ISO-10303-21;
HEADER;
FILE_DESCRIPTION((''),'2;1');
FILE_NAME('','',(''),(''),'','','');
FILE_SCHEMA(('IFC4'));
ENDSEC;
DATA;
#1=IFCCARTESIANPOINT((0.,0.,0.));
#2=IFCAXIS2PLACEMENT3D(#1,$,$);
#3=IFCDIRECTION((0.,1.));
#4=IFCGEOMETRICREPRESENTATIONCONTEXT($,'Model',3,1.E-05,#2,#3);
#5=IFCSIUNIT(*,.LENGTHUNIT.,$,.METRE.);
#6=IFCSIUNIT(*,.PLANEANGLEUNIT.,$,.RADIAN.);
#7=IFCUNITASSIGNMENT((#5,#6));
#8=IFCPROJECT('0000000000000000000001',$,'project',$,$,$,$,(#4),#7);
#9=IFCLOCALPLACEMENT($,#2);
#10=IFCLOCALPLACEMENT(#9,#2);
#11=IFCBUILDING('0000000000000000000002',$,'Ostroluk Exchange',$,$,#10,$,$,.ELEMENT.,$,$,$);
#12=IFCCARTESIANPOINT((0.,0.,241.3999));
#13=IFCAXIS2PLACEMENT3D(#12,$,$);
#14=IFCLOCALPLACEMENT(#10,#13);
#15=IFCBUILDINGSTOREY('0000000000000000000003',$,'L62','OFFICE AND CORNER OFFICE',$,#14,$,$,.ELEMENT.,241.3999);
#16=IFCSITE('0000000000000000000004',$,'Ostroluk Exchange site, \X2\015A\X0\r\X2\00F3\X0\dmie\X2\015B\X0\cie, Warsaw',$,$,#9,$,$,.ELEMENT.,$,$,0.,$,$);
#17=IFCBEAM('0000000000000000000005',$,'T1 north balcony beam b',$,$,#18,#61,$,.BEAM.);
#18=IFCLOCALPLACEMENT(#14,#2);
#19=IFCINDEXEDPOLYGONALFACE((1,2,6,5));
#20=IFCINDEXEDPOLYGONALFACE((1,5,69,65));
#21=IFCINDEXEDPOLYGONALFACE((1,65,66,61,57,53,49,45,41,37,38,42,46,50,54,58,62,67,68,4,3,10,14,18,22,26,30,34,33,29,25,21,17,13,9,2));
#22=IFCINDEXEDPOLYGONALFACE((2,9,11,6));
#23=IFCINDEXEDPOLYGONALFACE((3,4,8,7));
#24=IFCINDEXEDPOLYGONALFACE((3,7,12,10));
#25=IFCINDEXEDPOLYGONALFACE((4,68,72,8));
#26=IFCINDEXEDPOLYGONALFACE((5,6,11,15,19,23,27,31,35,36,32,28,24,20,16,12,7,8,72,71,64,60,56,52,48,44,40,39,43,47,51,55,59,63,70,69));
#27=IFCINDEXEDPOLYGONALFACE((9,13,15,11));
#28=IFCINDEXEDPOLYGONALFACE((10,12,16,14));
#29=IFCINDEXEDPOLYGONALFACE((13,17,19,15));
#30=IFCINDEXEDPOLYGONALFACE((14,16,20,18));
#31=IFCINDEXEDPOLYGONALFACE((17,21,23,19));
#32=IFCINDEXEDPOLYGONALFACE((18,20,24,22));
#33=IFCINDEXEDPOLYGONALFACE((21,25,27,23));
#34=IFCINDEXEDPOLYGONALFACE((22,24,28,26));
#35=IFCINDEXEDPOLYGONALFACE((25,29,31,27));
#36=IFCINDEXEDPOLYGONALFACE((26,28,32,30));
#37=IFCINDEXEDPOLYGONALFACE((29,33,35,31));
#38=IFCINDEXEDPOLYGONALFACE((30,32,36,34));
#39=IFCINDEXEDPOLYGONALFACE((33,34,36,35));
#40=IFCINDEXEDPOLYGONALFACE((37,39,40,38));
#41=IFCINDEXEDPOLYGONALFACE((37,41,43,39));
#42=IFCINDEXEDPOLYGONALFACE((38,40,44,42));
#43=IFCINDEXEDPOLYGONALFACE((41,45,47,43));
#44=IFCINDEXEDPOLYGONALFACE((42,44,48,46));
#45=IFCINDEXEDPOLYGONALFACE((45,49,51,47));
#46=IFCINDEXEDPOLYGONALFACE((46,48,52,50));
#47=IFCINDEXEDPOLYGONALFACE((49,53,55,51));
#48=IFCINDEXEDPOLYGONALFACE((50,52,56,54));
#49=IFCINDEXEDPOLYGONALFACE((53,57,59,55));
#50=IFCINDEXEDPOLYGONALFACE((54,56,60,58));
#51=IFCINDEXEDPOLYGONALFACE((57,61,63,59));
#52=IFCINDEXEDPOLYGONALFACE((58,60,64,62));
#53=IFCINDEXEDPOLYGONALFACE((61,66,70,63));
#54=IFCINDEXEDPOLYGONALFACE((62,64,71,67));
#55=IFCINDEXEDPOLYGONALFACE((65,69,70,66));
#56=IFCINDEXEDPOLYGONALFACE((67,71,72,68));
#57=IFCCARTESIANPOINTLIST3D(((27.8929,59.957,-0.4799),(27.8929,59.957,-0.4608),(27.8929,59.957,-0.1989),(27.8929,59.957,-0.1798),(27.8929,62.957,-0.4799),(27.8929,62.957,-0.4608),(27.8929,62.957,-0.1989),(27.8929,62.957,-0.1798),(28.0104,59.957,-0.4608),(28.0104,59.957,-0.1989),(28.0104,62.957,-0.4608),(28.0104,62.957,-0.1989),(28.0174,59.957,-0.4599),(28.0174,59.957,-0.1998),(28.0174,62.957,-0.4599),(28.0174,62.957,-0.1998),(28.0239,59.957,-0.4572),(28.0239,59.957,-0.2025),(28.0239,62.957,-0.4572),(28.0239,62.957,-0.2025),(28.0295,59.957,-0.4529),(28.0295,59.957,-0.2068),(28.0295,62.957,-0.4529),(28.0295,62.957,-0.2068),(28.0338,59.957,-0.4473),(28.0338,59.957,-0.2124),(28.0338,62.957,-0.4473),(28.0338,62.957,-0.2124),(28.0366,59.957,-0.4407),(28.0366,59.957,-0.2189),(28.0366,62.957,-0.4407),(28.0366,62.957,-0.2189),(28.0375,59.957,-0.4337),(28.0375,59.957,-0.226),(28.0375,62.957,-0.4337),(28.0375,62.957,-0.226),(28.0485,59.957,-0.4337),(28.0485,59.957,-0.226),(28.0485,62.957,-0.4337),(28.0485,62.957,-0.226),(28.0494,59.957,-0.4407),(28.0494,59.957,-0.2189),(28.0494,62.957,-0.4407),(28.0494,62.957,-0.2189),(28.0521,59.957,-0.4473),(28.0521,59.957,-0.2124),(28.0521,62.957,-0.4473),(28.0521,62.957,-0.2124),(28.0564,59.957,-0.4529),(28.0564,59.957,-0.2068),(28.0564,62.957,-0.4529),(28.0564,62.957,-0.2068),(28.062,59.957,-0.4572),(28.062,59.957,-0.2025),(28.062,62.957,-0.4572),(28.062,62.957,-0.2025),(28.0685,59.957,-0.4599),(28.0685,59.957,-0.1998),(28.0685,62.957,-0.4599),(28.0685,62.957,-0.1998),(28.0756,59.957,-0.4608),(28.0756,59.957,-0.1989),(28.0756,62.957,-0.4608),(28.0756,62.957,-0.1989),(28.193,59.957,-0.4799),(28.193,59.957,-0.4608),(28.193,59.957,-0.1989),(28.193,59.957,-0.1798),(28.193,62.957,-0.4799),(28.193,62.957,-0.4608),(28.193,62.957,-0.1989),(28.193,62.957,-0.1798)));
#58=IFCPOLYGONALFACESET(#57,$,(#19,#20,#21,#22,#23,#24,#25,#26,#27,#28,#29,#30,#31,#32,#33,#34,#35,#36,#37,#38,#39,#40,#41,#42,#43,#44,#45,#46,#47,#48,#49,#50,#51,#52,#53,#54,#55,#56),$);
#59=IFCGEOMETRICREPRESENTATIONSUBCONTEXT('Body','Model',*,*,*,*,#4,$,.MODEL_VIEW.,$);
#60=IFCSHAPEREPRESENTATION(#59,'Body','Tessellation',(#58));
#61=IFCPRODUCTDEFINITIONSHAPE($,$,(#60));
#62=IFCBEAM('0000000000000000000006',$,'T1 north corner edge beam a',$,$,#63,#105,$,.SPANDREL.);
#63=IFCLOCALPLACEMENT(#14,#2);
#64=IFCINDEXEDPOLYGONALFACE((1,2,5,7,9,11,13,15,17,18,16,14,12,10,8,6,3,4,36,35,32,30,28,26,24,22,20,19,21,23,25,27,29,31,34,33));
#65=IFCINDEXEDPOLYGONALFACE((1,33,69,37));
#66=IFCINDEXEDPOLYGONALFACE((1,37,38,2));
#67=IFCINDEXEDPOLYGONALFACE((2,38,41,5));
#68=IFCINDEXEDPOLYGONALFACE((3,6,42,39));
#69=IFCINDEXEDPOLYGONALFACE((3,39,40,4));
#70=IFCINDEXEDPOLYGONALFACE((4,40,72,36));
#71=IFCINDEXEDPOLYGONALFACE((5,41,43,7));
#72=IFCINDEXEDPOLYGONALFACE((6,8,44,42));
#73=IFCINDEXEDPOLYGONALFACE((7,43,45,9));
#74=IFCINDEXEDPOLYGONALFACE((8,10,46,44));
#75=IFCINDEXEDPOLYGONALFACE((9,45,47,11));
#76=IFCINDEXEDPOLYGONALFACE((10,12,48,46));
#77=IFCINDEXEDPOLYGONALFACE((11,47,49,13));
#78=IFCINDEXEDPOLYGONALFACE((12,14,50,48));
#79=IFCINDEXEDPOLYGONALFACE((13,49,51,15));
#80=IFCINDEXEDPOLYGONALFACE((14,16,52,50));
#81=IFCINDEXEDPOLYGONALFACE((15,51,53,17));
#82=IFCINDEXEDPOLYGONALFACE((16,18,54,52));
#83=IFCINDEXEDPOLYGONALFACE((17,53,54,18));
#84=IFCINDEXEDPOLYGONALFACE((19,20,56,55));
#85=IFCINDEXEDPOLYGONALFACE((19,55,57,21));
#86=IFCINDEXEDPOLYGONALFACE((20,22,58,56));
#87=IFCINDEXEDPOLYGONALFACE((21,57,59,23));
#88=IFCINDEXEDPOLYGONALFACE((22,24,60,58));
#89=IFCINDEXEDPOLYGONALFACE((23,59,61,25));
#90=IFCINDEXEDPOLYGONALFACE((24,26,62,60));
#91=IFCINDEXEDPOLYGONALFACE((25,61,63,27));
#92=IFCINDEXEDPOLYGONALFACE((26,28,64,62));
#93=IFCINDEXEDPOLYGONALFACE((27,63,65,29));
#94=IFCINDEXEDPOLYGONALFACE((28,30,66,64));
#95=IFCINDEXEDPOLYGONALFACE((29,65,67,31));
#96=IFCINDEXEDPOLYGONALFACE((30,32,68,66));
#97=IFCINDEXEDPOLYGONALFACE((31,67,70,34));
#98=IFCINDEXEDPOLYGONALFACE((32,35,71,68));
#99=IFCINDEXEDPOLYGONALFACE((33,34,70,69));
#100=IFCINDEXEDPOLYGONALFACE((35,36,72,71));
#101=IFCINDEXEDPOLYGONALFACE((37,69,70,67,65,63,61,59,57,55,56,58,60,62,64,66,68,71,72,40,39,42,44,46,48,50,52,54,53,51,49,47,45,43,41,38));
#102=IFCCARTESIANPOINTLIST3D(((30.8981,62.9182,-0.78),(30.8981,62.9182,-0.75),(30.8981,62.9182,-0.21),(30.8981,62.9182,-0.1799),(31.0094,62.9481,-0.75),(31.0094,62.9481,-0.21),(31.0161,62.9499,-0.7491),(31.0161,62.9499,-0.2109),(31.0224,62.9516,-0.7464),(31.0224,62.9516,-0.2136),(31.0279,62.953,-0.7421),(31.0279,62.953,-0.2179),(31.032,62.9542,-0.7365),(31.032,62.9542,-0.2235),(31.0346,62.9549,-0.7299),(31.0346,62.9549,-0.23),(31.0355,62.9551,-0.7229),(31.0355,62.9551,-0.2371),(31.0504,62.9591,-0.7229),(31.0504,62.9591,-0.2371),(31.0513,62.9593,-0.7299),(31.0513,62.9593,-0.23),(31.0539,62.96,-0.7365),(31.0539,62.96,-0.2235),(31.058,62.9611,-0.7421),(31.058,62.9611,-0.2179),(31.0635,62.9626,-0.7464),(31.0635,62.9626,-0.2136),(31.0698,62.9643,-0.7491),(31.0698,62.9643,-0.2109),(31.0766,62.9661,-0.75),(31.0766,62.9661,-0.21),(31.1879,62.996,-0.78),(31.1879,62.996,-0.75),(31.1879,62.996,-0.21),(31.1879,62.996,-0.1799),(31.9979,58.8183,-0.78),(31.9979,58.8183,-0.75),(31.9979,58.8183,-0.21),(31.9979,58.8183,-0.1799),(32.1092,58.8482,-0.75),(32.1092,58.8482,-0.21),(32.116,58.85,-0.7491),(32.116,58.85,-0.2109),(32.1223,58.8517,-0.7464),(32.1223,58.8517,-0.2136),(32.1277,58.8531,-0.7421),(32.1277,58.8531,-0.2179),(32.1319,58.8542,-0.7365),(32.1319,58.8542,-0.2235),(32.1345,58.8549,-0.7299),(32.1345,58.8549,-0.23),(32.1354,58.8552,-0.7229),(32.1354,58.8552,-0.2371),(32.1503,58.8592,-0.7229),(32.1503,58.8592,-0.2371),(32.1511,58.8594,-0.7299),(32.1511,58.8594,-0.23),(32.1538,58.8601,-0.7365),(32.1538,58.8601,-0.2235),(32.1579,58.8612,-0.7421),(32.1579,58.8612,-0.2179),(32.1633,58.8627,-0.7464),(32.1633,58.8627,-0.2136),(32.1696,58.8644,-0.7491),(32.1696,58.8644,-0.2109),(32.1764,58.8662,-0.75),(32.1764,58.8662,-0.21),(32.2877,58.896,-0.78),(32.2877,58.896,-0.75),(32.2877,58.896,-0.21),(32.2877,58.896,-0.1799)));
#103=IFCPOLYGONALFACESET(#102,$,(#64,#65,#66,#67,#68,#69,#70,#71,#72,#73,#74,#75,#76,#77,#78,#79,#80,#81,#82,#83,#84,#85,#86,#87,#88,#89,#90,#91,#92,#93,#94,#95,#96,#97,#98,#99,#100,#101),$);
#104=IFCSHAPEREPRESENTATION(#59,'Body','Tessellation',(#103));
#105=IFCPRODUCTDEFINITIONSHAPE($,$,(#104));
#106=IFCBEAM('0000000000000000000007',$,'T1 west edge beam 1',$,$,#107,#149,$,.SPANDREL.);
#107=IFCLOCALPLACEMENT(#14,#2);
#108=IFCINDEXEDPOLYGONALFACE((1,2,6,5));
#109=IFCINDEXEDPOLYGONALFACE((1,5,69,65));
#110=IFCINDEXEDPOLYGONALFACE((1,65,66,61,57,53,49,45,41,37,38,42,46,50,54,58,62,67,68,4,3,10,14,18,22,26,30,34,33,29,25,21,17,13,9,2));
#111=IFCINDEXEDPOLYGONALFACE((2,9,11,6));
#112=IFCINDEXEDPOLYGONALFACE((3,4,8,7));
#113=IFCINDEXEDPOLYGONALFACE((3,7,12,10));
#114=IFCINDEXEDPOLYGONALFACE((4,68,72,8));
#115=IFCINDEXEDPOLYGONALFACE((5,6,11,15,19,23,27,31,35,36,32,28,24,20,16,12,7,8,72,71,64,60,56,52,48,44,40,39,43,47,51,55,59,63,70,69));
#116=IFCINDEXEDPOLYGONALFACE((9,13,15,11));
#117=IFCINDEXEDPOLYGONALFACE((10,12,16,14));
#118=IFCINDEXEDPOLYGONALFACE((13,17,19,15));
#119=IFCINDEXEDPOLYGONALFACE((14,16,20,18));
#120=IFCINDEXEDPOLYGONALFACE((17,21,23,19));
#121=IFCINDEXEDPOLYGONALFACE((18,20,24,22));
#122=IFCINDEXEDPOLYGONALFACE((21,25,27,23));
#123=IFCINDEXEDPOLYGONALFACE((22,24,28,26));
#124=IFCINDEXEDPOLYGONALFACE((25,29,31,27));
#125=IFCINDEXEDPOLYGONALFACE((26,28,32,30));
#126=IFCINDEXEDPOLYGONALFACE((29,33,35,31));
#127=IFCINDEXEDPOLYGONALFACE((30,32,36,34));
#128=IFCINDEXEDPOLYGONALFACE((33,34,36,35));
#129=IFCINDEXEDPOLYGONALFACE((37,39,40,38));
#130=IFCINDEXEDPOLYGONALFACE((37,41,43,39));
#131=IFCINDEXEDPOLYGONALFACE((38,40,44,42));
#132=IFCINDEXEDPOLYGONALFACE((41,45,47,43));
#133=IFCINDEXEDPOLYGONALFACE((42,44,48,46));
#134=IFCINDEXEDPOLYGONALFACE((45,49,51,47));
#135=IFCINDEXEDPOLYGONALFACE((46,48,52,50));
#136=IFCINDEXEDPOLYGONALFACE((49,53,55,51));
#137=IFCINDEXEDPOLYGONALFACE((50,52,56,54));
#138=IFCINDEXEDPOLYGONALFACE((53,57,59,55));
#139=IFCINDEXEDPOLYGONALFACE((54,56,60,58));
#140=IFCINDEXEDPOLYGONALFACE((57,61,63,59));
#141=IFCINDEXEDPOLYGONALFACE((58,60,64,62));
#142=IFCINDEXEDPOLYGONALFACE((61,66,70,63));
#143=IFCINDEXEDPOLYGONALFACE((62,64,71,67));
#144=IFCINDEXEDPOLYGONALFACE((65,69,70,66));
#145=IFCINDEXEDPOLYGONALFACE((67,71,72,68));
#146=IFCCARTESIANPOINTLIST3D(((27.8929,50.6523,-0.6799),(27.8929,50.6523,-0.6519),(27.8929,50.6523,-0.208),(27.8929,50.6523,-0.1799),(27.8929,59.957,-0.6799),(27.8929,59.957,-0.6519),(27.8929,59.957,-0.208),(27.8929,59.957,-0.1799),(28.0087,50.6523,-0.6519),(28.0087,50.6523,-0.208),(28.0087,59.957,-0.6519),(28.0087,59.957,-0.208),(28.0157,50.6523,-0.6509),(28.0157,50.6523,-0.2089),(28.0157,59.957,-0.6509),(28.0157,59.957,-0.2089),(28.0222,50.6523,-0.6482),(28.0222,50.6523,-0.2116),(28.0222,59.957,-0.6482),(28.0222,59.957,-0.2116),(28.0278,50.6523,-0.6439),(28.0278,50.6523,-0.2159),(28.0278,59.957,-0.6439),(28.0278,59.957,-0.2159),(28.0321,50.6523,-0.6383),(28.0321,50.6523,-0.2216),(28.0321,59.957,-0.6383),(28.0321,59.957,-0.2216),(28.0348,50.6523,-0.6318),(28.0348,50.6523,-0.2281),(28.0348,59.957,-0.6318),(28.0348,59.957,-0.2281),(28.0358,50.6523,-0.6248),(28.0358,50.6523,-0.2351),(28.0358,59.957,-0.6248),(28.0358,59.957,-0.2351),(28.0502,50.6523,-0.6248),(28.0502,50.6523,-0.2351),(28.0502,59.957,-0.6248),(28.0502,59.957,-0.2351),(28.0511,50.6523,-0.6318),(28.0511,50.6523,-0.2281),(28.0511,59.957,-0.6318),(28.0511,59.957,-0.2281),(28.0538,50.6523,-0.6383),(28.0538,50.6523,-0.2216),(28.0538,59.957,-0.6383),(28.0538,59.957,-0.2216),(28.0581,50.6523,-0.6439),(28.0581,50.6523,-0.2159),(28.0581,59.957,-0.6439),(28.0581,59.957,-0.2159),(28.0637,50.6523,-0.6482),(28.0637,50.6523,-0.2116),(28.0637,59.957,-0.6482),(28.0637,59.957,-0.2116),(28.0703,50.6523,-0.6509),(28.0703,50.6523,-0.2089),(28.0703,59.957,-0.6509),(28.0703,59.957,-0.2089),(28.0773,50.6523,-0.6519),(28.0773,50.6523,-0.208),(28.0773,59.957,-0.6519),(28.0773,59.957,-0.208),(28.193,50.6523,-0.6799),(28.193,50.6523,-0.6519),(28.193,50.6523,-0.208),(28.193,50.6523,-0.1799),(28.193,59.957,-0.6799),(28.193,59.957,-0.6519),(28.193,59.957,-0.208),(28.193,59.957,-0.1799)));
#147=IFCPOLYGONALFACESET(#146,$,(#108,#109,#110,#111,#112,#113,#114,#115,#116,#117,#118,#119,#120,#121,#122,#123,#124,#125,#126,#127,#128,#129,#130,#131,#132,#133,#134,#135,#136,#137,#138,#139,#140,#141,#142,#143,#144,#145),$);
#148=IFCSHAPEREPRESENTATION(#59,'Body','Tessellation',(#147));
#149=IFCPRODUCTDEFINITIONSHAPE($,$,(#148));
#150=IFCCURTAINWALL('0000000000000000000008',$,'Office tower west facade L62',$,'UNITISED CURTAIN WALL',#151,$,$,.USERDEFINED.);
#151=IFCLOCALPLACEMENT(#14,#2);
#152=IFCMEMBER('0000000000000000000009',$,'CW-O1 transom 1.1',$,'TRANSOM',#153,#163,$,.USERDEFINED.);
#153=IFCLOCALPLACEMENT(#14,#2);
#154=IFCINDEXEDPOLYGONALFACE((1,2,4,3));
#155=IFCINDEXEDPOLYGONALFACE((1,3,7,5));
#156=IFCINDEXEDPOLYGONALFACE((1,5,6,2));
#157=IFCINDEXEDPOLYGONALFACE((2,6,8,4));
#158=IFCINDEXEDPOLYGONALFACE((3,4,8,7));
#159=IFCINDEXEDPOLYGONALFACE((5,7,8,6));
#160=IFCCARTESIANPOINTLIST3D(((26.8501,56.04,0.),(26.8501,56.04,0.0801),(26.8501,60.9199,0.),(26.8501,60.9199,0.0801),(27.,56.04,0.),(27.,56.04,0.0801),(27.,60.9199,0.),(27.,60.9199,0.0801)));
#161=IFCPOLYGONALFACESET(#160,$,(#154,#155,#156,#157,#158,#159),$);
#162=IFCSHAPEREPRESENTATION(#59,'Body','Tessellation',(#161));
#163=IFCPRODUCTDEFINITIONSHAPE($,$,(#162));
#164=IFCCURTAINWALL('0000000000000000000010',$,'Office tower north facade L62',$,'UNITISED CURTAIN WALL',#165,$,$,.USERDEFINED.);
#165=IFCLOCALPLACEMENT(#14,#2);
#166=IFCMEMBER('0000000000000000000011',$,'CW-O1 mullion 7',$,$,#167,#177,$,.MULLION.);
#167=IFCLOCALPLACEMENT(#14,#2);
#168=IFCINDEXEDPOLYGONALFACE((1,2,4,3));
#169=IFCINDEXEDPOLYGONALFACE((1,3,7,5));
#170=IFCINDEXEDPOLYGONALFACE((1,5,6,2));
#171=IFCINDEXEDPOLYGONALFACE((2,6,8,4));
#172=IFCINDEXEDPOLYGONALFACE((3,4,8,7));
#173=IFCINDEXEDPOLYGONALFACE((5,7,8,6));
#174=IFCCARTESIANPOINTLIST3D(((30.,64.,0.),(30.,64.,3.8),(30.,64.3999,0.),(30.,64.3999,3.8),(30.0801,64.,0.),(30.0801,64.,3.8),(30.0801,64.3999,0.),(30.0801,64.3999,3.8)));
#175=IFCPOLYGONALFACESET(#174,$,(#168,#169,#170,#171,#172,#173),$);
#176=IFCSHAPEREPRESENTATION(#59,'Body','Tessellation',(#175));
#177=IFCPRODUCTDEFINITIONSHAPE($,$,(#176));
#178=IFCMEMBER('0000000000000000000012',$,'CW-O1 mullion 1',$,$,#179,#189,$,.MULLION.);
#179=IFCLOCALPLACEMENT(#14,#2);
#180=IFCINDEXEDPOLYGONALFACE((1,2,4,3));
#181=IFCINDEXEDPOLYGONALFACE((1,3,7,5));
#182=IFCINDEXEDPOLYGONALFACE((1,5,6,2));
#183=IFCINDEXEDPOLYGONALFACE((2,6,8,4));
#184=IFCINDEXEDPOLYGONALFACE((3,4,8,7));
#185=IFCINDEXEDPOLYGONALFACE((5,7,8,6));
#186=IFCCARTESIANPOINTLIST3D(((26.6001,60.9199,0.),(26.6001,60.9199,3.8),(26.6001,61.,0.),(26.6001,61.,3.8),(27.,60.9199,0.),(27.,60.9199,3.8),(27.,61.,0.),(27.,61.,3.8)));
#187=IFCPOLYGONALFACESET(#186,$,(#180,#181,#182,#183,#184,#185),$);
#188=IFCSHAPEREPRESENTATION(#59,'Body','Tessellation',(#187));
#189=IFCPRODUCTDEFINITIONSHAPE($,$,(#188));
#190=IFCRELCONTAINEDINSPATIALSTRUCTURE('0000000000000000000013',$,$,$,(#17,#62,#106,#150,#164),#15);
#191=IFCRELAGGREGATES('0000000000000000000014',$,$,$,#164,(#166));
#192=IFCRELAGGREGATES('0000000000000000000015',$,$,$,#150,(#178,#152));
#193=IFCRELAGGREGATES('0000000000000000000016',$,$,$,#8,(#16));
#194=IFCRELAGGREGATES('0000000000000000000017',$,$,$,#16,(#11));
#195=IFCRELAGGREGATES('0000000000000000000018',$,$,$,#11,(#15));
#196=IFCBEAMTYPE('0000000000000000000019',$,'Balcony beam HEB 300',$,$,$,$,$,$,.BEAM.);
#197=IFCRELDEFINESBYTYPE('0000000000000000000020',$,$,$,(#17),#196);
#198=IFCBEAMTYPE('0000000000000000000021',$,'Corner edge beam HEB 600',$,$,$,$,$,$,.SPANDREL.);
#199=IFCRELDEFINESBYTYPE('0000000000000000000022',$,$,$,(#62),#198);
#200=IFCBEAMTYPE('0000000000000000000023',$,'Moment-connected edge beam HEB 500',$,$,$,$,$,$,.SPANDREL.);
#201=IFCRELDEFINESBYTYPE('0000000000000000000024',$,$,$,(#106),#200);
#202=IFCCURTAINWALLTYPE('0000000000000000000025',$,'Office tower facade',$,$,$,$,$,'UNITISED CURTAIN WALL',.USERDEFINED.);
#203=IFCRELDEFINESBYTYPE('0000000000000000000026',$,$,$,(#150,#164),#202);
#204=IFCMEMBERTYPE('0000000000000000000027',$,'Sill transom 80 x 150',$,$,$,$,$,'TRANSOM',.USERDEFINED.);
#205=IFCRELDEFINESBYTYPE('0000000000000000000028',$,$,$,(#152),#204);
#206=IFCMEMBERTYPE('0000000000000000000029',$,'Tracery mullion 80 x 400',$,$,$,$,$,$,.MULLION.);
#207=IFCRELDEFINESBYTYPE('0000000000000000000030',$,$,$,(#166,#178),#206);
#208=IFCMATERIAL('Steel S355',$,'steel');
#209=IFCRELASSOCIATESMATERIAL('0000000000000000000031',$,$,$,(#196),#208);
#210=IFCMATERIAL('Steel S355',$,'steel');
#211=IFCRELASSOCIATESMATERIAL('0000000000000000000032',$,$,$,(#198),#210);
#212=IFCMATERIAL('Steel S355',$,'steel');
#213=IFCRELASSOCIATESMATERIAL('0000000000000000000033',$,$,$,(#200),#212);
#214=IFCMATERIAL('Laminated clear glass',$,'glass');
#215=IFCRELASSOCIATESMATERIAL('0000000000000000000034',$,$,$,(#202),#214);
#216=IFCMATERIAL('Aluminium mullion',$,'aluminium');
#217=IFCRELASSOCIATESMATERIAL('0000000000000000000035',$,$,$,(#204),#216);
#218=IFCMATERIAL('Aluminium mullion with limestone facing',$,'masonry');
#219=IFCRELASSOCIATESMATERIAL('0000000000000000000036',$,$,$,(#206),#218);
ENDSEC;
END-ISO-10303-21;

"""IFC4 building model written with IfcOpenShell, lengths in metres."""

from ifc_helpers import new_model, si_unit, direction, frame, origin, origin_2d, place, context, subcontext, project, spatial, rectangle, i_section, extrude, material, material_profile, profile_set, type_object, element, aggregate, save


model = new_model("IFC4")

# Units and contexts
model_context = context("Model", 3, precision=1e-05, world=origin(), true_north=direction((0.0, 1.0)))
body_context = subcontext(model_context, "Body", "Model", "MODEL_VIEW")
ifc_project = project(units=[si_unit("LENGTHUNIT", "METRE"), si_unit("PLANEANGLEUNIT", "RADIAN")], contexts=[model_context])

# Site, building, storey
site_placement = place(None, origin())
site = spatial("IfcSite", under=ifc_project, at=site_placement, Name="Ostroluk Exchange site, Śródmieście, Warsaw", CompositionType="ELEMENT", RefElevation=0.0)
building_placement = place(site_placement, origin())
building = spatial("IfcBuilding", under=site, at=building_placement, Name="Ostroluk Exchange", CompositionType="ELEMENT")
storey_placement = place(building_placement, frame((0.0, 0.0, 241.3999)))
storey = spatial("IfcBuildingStorey", under=building, at=storey_placement, Name="L62", Description="OFFICE AND CORNER OFFICE", CompositionType="ELEMENT", Elevation=241.3999)

# Beams
ifc_material_1 = material(Name="Steel S355", Category="steel")
ifc_material_profile_1 = material_profile(ifc_material_1, i_section(OverallWidth=0.3, OverallDepth=0.3, WebThickness=0.011, FlangeThickness=0.019, FilletRadius=0.0271, at=origin_2d()), Name="HEB 300")
ifc_profile_set_1 = profile_set([ifc_material_profile_1], Name="Steel S355")
beam_type_1 = type_object("IfcBeamType", Name="Balcony beam HEB 300", PredefinedType="BEAM", material=ifc_profile_set_1)
for number, where, z_axis, x_axis, name in (
    (1, (28.043, 59.957, -0.3298), (0.0, 1.0, 0.0), (-1.0, 0.0, 0.0), "T1 north balcony beam b"),
):
    element("IfcBeam", number, at=place(storey_placement, frame(where, z_axis=z_axis, x_axis=x_axis)), inside=storey, type_object=beam_type_1, Name=name, PredefinedType="BEAM", context=body_context, shape_type="SweptSolid", body=[
        extrude(i_section(OverallWidth=0.3, OverallDepth=0.3, WebThickness=0.011, FlangeThickness=0.019, FilletRadius=0.0271, at=origin_2d()), origin(), (0.0, 0.0, 1.0), 3.0),
    ])
ifc_material_2 = material(Name="Steel S355", Category="steel")
ifc_material_profile_2 = material_profile(ifc_material_2, i_section(OverallWidth=0.3, OverallDepth=0.6001, WebThickness=0.0154, FlangeThickness=0.03, FilletRadius=0.0271, at=origin_2d()), Name="HEB 600")
ifc_profile_set_2 = profile_set([ifc_material_profile_2], Name="Steel S355")
beam_type_2 = type_object("IfcBeamType", Name="Corner edge beam HEB 600", PredefinedType="SPANDREL", material=ifc_profile_set_2)
beam_1_placement = place(storey_placement, frame((32.1428, 58.8572, -0.48), z_axis=(-0.259105, 0.965849, 0.0), x_axis=(-0.965849, -0.259105, 0.0)))
element("IfcBeam", 2, at=beam_1_placement, inside=storey, type_object=beam_type_2, Name="T1 north corner edge beam a", PredefinedType="SPANDREL", context=body_context, shape_type="SweptSolid", body=[
    extrude(i_section(OverallWidth=0.3, OverallDepth=0.6001, WebThickness=0.0154, FlangeThickness=0.03, FilletRadius=0.0271, at=origin_2d()), origin(), (0.0, 0.0, 1.0), 4.2449),
])
ifc_material_3 = material(Name="Steel S355", Category="steel")
ifc_material_profile_3 = material_profile(ifc_material_3, i_section(OverallWidth=0.3, OverallDepth=0.5, WebThickness=0.0144, FlangeThickness=0.0281, FilletRadius=0.0271, at=origin_2d()), Name="HEB 500")
ifc_profile_set_3 = profile_set([ifc_material_profile_3], Name="Steel S355")
beam_type_3 = type_object("IfcBeamType", Name="Moment-connected edge beam HEB 500", PredefinedType="SPANDREL", material=ifc_profile_set_3)
beam_2_placement = place(storey_placement, frame((28.043, 59.957, -0.4299), z_axis=(0.0, -1.0, 0.0), x_axis=(1.0, 0.0, 0.0)))
element("IfcBeam", 3, at=beam_2_placement, inside=storey, type_object=beam_type_3, Name="T1 west edge beam 1", PredefinedType="SPANDREL", context=body_context, shape_type="SweptSolid", body=[
    extrude(i_section(OverallWidth=0.3, OverallDepth=0.5, WebThickness=0.0144, FlangeThickness=0.0281, FilletRadius=0.0271, at=origin_2d()), origin(), (0.0, 0.0, 1.0), 9.3047),
])

# Curtain walls, members
ifc_material_4 = material(Name="Laminated clear glass", Category="glass")
curtain_wall_type = type_object("IfcCurtainWallType", Name="Office tower facade", ElementType="UNITISED CURTAIN WALL", PredefinedType="USERDEFINED", material=ifc_material_4)
curtain_wall_1_placement = place(storey_placement, origin())
curtain_wall_1 = element("IfcCurtainWall", 4, at=curtain_wall_1_placement, inside=storey, type_object=curtain_wall_type, Name="Office tower west facade L62", ObjectType="UNITISED CURTAIN WALL", PredefinedType="USERDEFINED")
ifc_material_5 = material(Name="Aluminium mullion", Category="aluminium")
ifc_material_profile_4 = material_profile(ifc_material_5, rectangle(XDim=0.1499, YDim=0.0801, at=origin_2d()), Name="Sill transom 80 x 150")
ifc_profile_set_4 = profile_set([ifc_material_profile_4], Name="Aluminium mullion")
member_type_1 = type_object("IfcMemberType", Name="Sill transom 80 x 150", ElementType="TRANSOM", PredefinedType="USERDEFINED", material=ifc_profile_set_4)
member_1_placement = place(storey_placement, frame((26.925, 60.9199, 0.04), z_axis=(0.0, -1.0, 0.0), x_axis=(1.0, 0.0, 0.0)))
member_1 = element("IfcMember", 5, at=member_1_placement, type_object=member_type_1, Name="CW-O1 transom 1.1", ObjectType="TRANSOM", PredefinedType="USERDEFINED", context=body_context, shape_type="SweptSolid", body=[
    extrude(rectangle(XDim=0.1499, YDim=0.0801, at=origin_2d()), origin(), (0.0, 0.0, 1.0), 4.8799),
])
curtain_wall_2_placement = place(storey_placement, origin())
curtain_wall_2 = element("IfcCurtainWall", 6, at=curtain_wall_2_placement, inside=storey, type_object=curtain_wall_type, Name="Office tower north facade L62", ObjectType="UNITISED CURTAIN WALL", PredefinedType="USERDEFINED")
ifc_material_6 = material(Name="Aluminium mullion with limestone facing", Category="masonry")
ifc_material_profile_5 = material_profile(ifc_material_6, rectangle(XDim=0.3999, YDim=0.0801, at=origin_2d()), Name="Tracery mullion 80 x 400")
ifc_profile_set_5 = profile_set([ifc_material_profile_5], Name="Aluminium mullion with limestone facing")
member_type_2 = type_object("IfcMemberType", Name="Tracery mullion 80 x 400", PredefinedType="MULLION", material=ifc_profile_set_5)
member_2_placement = place(storey_placement, frame((30.04, 64.2, 0.0), z_axis=(0.0, 0.0, 1.0), x_axis=(0.0, -1.0, 0.0)))
member_2 = element("IfcMember", 7, at=member_2_placement, type_object=member_type_2, Name="CW-O1 mullion 7", PredefinedType="MULLION", context=body_context, shape_type="SweptSolid", body=[
    extrude(rectangle(XDim=0.3999, YDim=0.0801, at=origin_2d()), origin(), (0.0, 0.0, 1.0), 3.8),
])
aggregate(curtain_wall_2, [member_2])

# Member
member_3_placement = place(storey_placement, frame((26.8, 60.96, 0.0), z_axis=(0.0, 0.0, 1.0), x_axis=(1.0, 0.0, 0.0)))
member_3 = element("IfcMember", 8, at=member_3_placement, type_object=member_type_2, Name="CW-O1 mullion 1", PredefinedType="MULLION", context=body_context, shape_type="SweptSolid", body=[
    extrude(rectangle(XDim=0.3999, YDim=0.0801, at=origin_2d()), origin(), (0.0, 0.0, 1.0), 3.8),
])

aggregate(curtain_wall_1, [member_3, member_1])

save(model, "model.ifc")
